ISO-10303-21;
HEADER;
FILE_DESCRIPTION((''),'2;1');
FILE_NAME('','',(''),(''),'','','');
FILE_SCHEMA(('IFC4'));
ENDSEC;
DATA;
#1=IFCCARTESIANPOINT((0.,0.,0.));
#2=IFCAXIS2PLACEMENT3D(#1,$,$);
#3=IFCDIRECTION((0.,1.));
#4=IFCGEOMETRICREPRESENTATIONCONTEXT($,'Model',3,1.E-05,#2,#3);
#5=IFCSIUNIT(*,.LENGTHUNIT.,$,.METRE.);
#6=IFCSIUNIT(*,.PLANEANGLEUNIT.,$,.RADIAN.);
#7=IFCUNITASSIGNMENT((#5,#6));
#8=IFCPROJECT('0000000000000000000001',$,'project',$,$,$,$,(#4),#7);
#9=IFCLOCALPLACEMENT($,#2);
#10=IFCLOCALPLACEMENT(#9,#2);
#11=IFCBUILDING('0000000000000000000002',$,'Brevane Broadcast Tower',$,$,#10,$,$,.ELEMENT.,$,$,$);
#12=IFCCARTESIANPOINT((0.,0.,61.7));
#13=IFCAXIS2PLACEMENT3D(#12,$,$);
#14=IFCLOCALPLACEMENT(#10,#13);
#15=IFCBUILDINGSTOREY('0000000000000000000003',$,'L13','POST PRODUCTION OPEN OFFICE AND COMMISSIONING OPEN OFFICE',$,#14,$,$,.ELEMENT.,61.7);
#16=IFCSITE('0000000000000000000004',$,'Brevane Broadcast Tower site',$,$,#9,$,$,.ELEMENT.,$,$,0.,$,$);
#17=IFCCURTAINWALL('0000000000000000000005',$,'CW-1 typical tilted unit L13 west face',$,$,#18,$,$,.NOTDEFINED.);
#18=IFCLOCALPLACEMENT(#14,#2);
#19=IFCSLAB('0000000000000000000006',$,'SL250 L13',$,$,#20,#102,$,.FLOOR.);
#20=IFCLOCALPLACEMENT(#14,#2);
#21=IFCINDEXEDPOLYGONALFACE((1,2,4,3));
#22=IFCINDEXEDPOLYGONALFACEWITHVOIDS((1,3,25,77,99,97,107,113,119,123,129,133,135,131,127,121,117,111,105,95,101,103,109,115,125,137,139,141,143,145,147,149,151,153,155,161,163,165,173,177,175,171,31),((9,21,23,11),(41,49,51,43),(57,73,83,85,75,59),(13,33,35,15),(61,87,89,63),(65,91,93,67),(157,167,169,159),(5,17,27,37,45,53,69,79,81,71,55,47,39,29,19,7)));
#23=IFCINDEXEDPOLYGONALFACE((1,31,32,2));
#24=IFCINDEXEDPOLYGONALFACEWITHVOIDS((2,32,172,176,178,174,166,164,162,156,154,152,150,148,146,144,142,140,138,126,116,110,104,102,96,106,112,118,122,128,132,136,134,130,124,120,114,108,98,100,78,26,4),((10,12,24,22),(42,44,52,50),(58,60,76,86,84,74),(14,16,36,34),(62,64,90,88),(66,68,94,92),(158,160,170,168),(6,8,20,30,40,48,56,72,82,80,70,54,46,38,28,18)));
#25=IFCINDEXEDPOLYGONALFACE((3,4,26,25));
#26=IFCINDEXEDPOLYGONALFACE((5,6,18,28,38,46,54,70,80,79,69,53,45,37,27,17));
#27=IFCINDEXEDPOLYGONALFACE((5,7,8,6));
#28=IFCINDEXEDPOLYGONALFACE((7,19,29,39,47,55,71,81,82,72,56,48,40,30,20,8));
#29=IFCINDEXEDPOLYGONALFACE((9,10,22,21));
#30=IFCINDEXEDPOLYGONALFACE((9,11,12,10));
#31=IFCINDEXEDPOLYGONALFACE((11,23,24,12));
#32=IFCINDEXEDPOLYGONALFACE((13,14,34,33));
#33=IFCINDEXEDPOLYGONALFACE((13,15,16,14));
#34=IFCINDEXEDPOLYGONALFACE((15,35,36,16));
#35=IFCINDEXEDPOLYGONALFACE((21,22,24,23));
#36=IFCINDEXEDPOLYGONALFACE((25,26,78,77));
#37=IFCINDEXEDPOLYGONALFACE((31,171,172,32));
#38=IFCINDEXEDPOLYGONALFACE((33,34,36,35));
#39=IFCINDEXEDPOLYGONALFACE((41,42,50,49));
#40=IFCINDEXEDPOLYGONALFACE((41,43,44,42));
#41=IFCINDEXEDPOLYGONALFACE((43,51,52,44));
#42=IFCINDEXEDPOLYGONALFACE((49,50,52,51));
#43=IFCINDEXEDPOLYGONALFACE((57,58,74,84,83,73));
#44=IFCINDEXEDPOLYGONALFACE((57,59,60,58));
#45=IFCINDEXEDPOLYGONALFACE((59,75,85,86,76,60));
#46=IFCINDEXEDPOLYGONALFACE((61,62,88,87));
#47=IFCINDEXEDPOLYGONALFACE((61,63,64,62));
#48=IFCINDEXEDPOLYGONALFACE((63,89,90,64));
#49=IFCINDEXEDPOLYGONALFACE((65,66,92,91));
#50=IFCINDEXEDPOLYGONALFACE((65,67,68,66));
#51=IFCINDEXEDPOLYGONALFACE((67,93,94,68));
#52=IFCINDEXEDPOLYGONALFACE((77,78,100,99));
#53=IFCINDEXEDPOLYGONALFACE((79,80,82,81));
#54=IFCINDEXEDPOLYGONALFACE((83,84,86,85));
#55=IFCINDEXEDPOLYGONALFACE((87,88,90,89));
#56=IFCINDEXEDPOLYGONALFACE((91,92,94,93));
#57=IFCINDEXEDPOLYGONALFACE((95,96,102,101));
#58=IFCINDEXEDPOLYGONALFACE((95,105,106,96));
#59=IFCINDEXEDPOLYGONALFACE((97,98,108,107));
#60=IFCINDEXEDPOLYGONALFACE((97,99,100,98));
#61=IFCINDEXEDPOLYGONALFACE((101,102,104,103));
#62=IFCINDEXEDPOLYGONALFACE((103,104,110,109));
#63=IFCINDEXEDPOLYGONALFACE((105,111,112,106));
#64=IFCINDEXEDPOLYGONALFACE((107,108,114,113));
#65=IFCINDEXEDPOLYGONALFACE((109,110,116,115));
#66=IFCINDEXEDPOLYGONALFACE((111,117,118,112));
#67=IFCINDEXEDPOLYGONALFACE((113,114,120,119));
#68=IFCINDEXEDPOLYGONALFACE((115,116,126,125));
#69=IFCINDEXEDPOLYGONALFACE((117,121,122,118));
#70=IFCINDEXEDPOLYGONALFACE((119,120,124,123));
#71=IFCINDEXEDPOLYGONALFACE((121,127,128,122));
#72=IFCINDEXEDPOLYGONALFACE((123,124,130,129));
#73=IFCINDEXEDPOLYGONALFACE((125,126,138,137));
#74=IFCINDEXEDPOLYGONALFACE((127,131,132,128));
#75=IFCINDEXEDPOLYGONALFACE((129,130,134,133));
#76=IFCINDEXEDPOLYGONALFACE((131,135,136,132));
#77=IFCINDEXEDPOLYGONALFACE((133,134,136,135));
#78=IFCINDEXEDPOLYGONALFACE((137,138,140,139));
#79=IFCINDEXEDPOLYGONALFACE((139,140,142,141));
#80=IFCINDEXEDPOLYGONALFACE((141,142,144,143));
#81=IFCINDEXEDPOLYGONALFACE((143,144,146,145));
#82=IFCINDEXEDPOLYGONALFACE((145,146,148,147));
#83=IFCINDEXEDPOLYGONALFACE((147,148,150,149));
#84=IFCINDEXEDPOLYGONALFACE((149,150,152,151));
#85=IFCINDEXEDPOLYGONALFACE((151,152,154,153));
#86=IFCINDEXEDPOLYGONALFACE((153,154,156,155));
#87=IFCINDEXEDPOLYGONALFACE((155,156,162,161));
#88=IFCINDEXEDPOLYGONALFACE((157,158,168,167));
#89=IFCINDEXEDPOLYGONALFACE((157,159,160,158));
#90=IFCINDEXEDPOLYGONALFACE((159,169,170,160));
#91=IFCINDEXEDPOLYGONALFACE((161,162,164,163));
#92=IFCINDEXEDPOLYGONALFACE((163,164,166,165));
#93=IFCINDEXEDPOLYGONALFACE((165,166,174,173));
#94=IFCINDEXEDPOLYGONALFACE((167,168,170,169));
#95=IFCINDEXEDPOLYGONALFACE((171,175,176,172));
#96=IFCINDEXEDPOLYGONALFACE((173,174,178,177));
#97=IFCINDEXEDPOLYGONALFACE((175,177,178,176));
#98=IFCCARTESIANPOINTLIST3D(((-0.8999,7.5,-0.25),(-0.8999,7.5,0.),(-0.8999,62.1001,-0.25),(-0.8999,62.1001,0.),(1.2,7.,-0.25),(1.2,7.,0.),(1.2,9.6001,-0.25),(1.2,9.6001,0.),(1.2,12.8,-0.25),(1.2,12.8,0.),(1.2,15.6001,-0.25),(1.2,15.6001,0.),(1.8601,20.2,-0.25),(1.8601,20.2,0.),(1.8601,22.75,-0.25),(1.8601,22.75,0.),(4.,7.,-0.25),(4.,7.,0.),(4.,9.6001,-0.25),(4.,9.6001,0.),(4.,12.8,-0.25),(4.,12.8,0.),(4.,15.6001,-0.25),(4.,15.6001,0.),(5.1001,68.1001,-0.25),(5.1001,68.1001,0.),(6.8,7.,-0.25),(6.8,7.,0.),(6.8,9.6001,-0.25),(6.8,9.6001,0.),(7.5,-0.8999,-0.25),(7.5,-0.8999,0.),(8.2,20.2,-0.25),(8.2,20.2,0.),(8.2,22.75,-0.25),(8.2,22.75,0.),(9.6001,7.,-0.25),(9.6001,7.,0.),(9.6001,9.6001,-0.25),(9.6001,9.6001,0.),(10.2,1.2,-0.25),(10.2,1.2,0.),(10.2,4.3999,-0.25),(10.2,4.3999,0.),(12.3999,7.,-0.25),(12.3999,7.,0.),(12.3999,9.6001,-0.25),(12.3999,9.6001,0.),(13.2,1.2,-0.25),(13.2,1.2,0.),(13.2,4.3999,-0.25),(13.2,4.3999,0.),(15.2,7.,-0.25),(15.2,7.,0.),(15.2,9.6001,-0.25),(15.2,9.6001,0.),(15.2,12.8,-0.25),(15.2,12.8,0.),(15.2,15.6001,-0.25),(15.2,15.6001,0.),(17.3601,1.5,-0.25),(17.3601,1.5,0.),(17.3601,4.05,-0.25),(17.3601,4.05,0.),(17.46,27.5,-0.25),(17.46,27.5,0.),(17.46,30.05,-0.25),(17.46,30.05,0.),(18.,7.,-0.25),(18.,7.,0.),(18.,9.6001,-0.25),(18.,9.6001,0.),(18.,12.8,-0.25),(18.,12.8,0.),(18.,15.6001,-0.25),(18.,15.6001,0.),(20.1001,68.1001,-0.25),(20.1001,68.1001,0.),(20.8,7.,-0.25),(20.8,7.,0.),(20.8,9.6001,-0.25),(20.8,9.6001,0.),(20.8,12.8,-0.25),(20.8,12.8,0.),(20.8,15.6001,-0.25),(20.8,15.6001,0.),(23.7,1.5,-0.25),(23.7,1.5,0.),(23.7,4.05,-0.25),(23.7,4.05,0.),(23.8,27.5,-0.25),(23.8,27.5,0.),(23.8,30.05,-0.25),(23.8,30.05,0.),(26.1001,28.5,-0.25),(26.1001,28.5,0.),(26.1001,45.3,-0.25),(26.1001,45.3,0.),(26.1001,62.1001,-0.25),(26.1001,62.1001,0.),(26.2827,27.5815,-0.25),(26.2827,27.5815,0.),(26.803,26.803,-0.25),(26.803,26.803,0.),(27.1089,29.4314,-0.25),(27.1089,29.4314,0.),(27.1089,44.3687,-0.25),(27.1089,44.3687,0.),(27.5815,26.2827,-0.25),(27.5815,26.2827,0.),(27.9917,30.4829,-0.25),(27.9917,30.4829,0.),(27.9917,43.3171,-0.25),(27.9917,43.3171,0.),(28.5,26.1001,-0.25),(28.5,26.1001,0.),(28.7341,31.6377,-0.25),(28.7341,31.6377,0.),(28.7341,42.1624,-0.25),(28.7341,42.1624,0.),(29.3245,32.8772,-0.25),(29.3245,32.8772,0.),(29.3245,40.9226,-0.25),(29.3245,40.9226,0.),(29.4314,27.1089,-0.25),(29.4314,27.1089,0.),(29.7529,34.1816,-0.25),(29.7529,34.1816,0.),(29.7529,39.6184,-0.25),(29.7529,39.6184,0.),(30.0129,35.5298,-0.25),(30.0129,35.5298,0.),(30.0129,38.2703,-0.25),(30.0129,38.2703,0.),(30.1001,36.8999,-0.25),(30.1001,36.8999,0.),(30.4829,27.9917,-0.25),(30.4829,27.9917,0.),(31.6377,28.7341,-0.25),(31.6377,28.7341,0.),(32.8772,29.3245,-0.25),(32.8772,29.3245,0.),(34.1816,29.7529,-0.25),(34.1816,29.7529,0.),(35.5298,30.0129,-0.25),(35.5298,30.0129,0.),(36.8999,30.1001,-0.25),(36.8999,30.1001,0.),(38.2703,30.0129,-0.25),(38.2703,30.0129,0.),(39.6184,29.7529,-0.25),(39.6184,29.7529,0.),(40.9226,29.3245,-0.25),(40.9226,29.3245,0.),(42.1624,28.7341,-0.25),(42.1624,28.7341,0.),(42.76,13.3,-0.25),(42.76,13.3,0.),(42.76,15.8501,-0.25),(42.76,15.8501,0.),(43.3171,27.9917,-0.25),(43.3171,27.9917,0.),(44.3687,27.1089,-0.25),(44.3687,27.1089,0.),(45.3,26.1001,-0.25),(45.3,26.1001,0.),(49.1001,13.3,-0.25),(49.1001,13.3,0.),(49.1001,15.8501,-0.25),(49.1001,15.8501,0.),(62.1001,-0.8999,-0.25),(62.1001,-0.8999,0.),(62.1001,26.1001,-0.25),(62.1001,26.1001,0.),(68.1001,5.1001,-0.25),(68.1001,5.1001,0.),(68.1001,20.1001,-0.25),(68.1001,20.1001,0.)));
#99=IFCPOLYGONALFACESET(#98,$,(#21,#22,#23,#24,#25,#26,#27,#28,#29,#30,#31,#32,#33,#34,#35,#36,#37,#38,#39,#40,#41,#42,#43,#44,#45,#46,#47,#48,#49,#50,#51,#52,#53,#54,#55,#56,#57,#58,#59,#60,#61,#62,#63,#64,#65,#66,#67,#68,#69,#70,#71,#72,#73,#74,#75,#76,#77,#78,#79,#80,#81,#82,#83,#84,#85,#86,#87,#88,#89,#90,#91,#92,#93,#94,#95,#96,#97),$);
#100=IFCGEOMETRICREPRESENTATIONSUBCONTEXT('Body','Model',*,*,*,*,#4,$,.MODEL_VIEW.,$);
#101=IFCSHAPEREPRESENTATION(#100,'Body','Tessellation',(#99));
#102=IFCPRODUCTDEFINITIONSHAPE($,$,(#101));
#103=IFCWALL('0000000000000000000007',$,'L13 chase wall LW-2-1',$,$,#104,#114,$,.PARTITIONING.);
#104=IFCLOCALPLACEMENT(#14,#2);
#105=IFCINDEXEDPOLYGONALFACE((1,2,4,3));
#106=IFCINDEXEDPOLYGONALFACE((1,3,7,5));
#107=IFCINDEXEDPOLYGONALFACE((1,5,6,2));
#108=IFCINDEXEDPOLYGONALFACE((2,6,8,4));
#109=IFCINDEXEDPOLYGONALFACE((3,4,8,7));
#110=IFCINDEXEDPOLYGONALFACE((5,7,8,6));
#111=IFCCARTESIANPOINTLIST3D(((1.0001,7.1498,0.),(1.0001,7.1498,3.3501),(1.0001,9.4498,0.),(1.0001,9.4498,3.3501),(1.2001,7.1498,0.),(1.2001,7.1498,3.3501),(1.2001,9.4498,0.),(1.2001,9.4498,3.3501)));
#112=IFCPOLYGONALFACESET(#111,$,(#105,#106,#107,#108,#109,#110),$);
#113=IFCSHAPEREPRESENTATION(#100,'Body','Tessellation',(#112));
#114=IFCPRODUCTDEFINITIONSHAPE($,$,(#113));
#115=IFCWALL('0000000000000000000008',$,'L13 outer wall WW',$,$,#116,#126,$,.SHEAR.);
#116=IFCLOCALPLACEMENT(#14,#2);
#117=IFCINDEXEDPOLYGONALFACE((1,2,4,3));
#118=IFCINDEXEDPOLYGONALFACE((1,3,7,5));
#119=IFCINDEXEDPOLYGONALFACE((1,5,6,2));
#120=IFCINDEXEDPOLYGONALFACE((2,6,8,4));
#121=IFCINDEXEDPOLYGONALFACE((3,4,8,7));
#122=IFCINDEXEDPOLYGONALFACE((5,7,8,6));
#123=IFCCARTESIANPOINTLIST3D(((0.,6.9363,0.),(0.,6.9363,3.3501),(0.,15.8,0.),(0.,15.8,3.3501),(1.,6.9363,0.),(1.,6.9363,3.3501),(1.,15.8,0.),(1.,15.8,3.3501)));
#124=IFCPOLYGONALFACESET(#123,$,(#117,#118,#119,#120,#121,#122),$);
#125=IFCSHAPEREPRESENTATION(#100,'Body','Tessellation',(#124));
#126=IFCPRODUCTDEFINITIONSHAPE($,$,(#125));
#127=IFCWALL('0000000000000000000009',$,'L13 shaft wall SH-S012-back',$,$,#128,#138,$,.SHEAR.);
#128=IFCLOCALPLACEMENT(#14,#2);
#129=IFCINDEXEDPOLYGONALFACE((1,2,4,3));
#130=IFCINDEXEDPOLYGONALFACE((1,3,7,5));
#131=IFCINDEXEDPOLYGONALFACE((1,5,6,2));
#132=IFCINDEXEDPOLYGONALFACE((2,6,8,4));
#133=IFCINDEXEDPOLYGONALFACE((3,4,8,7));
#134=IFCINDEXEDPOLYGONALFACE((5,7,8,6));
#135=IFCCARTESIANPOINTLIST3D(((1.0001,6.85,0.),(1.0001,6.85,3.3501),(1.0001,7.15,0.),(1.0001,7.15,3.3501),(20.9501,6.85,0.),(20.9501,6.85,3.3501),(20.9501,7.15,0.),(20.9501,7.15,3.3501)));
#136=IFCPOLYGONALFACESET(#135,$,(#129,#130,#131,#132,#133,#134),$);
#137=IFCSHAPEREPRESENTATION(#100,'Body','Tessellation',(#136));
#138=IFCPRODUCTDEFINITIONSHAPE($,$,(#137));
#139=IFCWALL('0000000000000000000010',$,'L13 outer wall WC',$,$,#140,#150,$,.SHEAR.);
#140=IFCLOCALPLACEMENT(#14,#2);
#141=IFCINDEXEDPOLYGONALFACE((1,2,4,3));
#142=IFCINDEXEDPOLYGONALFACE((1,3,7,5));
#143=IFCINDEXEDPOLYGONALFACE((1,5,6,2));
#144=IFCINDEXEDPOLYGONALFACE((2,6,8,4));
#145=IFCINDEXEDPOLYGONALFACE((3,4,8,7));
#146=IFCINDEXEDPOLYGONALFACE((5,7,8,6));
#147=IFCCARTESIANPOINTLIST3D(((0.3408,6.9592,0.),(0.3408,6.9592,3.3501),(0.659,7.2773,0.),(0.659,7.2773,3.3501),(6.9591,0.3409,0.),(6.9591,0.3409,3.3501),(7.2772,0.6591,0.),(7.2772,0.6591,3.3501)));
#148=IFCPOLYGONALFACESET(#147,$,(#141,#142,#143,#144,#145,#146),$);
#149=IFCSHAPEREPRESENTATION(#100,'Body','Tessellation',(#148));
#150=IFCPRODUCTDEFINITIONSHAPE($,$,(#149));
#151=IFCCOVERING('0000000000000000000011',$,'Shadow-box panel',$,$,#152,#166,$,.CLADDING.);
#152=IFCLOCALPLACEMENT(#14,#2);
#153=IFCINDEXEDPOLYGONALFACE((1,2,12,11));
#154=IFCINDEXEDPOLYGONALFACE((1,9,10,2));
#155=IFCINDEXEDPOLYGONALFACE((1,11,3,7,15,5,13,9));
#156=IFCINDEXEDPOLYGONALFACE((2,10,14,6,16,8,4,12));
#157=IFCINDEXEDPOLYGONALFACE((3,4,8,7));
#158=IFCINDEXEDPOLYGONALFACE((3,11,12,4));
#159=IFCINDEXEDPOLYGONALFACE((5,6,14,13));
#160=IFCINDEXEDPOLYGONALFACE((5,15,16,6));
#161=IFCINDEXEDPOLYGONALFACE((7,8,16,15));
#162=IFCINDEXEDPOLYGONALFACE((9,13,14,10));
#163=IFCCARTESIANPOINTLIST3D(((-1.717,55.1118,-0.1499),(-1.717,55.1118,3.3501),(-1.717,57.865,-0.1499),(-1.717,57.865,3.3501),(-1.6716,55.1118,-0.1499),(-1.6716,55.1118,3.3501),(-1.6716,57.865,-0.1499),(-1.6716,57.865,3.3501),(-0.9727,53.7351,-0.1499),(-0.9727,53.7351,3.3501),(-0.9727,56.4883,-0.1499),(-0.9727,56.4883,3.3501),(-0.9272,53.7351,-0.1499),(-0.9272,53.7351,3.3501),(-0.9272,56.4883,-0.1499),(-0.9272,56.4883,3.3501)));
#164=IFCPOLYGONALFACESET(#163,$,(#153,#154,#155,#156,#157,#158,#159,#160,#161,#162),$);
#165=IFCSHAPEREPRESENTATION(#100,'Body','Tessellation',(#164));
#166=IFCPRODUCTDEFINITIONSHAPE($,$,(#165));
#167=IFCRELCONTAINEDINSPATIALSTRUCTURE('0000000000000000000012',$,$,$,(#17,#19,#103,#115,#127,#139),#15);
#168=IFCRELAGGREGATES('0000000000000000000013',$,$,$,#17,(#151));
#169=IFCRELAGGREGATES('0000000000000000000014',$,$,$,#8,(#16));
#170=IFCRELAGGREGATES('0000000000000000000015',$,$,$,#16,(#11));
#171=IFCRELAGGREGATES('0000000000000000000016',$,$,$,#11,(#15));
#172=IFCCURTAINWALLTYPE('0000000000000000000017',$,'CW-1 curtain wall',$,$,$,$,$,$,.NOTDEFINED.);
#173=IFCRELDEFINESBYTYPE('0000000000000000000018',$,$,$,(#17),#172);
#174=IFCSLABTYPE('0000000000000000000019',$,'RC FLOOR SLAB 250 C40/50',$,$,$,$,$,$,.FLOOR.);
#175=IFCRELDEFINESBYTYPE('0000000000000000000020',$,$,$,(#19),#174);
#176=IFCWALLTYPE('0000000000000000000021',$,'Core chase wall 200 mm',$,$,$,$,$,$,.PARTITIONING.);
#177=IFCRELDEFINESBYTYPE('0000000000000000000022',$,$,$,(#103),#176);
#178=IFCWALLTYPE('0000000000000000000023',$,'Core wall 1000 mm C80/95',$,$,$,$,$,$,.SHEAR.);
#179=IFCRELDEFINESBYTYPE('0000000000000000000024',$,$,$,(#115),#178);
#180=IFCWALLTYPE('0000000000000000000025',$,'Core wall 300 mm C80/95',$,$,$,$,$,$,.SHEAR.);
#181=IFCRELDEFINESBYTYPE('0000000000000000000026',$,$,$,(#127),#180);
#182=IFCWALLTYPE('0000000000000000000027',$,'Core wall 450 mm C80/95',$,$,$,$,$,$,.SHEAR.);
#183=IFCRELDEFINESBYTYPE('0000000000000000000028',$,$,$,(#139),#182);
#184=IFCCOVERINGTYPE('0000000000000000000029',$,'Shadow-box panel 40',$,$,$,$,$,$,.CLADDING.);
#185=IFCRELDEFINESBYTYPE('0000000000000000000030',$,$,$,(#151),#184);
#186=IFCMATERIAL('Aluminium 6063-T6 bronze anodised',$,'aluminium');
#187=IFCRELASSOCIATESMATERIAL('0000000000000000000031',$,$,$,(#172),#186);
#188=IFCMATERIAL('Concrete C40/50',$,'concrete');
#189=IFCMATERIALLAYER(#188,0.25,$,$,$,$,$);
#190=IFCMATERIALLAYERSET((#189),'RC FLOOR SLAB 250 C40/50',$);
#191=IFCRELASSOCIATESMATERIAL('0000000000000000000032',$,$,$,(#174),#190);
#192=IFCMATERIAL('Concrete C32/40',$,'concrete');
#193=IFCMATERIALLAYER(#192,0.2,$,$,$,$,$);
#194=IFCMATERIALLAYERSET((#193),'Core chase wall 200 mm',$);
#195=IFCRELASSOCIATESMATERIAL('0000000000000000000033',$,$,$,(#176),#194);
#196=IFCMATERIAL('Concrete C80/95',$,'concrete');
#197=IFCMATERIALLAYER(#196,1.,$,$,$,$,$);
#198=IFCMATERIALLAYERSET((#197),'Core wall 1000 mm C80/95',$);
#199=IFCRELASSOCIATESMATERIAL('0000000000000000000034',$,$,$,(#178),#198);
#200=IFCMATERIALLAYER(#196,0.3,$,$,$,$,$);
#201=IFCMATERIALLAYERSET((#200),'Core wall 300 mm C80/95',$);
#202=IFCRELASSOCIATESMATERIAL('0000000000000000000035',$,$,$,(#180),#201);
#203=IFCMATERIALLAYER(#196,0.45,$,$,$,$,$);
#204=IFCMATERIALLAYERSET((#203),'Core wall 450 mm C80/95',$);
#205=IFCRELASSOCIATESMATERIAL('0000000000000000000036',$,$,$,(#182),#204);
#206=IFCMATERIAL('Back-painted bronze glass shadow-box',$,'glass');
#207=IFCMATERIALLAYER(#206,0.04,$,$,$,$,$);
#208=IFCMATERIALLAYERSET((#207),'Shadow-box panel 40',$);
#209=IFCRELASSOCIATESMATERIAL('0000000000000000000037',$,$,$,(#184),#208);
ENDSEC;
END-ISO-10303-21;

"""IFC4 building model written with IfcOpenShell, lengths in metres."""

from ifc_helpers import new_model, si_unit, direction, frame, frame_2d, origin, place, context, subcontext, project, spatial, polyline, rectangle, outline, extrude, material, layer, layer_set, type_object, element, aggregate, save


model = new_model("IFC4")

# Units and contexts
model_context = context("Model", 3, precision=1e-05, world=origin(), true_north=direction((0.0, 1.0)))
body_context = subcontext(model_context, "Body", "Model", "MODEL_VIEW")
ifc_project = project(units=[si_unit("LENGTHUNIT", "METRE"), si_unit("PLANEANGLEUNIT", "RADIAN")], contexts=[model_context])

# Site, building, storey
site_placement = place(None, origin())
site = spatial("IfcSite", under=ifc_project, at=site_placement, Name="Brevane Broadcast Tower site", CompositionType="ELEMENT", RefElevation=0.0)
building_placement = place(site_placement, origin())
building = spatial("IfcBuilding", under=site, at=building_placement, Name="Brevane Broadcast Tower", CompositionType="ELEMENT")
storey_placement = place(building_placement, frame((0.0, 0.0, 61.7)))
storey = spatial("IfcBuildingStorey", under=building, at=storey_placement, Name="L13", Description="POST PRODUCTION OPEN OFFICE AND COMMISSIONING OPEN OFFICE", CompositionType="ELEMENT", Elevation=61.7)

# Curtain wall
ifc_material_1 = material(Name="Aluminium 6063-T6 bronze anodised", Category="aluminium")
curtain_wall_type = type_object("IfcCurtainWallType", Name="CW-1 curtain wall", PredefinedType="NOTDEFINED", material=ifc_material_1)
curtain_wall_1_placement = place(storey_placement, origin())
curtain_wall_1 = element("IfcCurtainWall", 1, at=curtain_wall_1_placement, inside=storey, type_object=curtain_wall_type, Name="CW-1 typical tilted unit L13 west face", PredefinedType="NOTDEFINED")

# Slab
ifc_material_2 = material(Name="Concrete C40/50", Category="concrete")
ifc_layer_1 = layer(ifc_material_2, 0.25)
ifc_layer_set_1 = layer_set([ifc_layer_1], Name="RC FLOOR SLAB 250 C40/50")
slab_type_1 = type_object("IfcSlabType", Name="RC FLOOR SLAB 250 C40/50", PredefinedType="FLOOR", material=ifc_layer_set_1)
slab_1_placement = place(storey_placement, frame((0.0, 0.0, -0.25)))
element("IfcSlab", 2, at=slab_1_placement, inside=storey, type_object=slab_type_1, Name="SL250 L13", PredefinedType="FLOOR", context=body_context, shape_type="SweptSolid", body=[
    extrude(outline(polyline([(-0.8999, 7.5), (-0.8999, 62.1001), (5.1001, 68.1001), (20.1001, 68.1001), (26.1001, 62.1001), (26.1001, 45.3), (27.1089, 44.3687), (27.9917, 43.3171), (28.7341, 42.1624), (29.3245, 40.9226), (29.7529, 39.6184), (30.0129, 38.2703), (30.1001, 36.8999), (30.0129, 35.5298), (29.7529, 34.1816), (29.3245, 32.8772), (28.7341, 31.6377), (27.9917, 30.4829), (27.1089, 29.4314), (26.1001, 28.5), (26.2827, 27.5815), (26.803, 26.803), (27.5815, 26.2827), (28.5, 26.1001), (29.4314, 27.1089), (30.4829, 27.9917), (31.6377, 28.7341), (32.8772, 29.3245), (34.1816, 29.7529), (35.5298, 30.0129), (36.8999, 30.1001), (38.2703, 30.0129), (39.6184, 29.7529), (40.9226, 29.3245), (42.1624, 28.7341), (43.3171, 27.9917), (44.3687, 27.1089), (45.3, 26.1001), (62.1001, 26.1001), (68.1001, 20.1001), (68.1001, 5.1001), (62.1001, -0.8999), (7.5, -0.8999), (-0.8999, 7.5)]), holes=[polyline([(13.2, 4.3999), (10.2, 4.3999), (10.2, 1.2), (13.2, 1.2), (13.2, 4.3999)]), polyline([(4.0, 9.6001), (1.2, 9.6001), (1.2, 7.0), (4.0, 7.0), (6.8, 7.0), (9.6001, 7.0), (12.3999, 7.0), (15.2, 7.0), (18.0, 7.0), (20.8, 7.0), (20.8, 9.6001), (18.0, 9.6001), (15.2, 9.6001), (12.3999, 9.6001), (9.6001, 9.6001), (6.8, 9.6001), (4.0, 9.6001)]), polyline([(4.0, 12.8), (4.0, 15.6001), (1.2, 15.6001), (1.2, 12.8), (4.0, 12.8)]), polyline([(8.2, 22.75), (1.8601, 22.75), (1.8601, 20.2), (8.2, 20.2), (8.2, 22.75)]), polyline([(23.7, 4.05), (17.3601, 4.05), (17.3601, 1.5), (23.7, 1.5), (23.7, 4.05)]), polyline([(18.0, 15.6001), (15.2, 15.6001), (15.2, 12.8), (18.0, 12.8), (20.8, 12.8), (20.8, 15.6001), (18.0, 15.6001)]), polyline([(49.1001, 15.8501), (42.76, 15.8501), (42.76, 13.3), (49.1001, 13.3), (49.1001, 15.8501)]), polyline([(23.8, 30.05), (17.46, 30.05), (17.46, 27.5), (23.8, 27.5), (23.8, 30.05)])]), origin(), (0.0, 0.0, 1.0), 0.25),
])

# Walls
ifc_material_3 = material(Name="Concrete C32/40", Category="concrete")
ifc_layer_2 = layer(ifc_material_3, 0.2)
ifc_layer_set_2 = layer_set([ifc_layer_2], Name="Core chase wall 200 mm")
wall_type_1 = type_object("IfcWallType", Name="Core chase wall 200 mm", PredefinedType="PARTITIONING", material=ifc_layer_set_2)
wall_1_placement = place(storey_placement, frame((1.1001, 7.1499, 0.0), z_axis=(0.0, 0.0, 1.0), x_axis=(0.0, 1.0, 0.0)))
element("IfcWall", 3, at=wall_1_placement, inside=storey, type_object=wall_type_1, Name="L13 chase wall LW-2-1", PredefinedType="PARTITIONING", context=body_context, shape_type="SweptSolid", body=[
    extrude(rectangle(XDim=2.3, YDim=0.2, at=frame_2d((1.1499, 0.0))), origin(), (0.0, 0.0, 1.0), 3.3501),
])
ifc_material_4 = material(Name="Concrete C80/95", Category="concrete")
ifc_layer_3 = layer(ifc_material_4, 1.0)
ifc_layer_set_3 = layer_set([ifc_layer_3], Name="Core wall 1000 mm C80/95")
wall_type_2 = type_object("IfcWallType", Name="Core wall 1000 mm C80/95", PredefinedType="SHEAR", material=ifc_layer_set_3)
wall_2_placement = place(storey_placement, frame((0.5, 6.9363, 0.0), z_axis=(0.0, 0.0, 1.0), x_axis=(0.0, 1.0, 0.0)))
element("IfcWall", 4, at=wall_2_placement, inside=storey, type_object=wall_type_2, Name="L13 outer wall WW", PredefinedType="SHEAR", context=body_context, shape_type="SweptSolid", body=[
    extrude(rectangle(XDim=8.8638, YDim=1.0, at=frame_2d((4.4319, 0.0))), origin(), (0.0, 0.0, 1.0), 3.3501),
])
ifc_layer_4 = layer(ifc_material_4, 0.3)
ifc_layer_set_4 = layer_set([ifc_layer_4], Name="Core wall 300 mm C80/95")
wall_type_3 = type_object("IfcWallType", Name="Core wall 300 mm C80/95", PredefinedType="SHEAR", material=ifc_layer_set_4)
wall_3_placement = place(storey_placement, frame((1.0, 7.0, 0.0), z_axis=(0.0, 0.0, 1.0), x_axis=(1.0, 0.0, 0.0)))
element("IfcWall", 5, at=wall_3_placement, inside=storey, type_object=wall_type_3, Name="L13 shaft wall SH-S012-back", PredefinedType="SHEAR", context=body_context, shape_type="SweptSolid", body=[
    extrude(rectangle(XDim=19.95, YDim=0.3, at=frame_2d((9.9751, 0.0))), origin(), (0.0, 0.0, 1.0), 3.3501),
])
ifc_layer_5 = layer(ifc_material_4, 0.45)
ifc_layer_set_5 = layer_set([ifc_layer_5], Name="Core wall 450 mm C80/95")
wall_type_4 = type_object("IfcWallType", Name="Core wall 450 mm C80/95", PredefinedType="SHEAR", material=ifc_layer_set_5)
wall_4_placement = place(storey_placement, frame((0.5, 7.1182, 0.0), z_axis=(0.0, 0.0, 1.0), x_axis=(0.707107, -0.707107, 0.0)))
element("IfcWall", 6, at=wall_4_placement, inside=storey, type_object=wall_type_4, Name="L13 outer wall WC", PredefinedType="SHEAR", context=body_context, shape_type="SweptSolid", body=[
    extrude(rectangle(XDim=9.3596, YDim=0.45, at=frame_2d((4.6797, 0.0))), origin(), (0.0, 0.0, 1.0), 3.3501),
])

# Covering
ifc_material_5 = material(Name="Back-painted bronze glass shadow-box", Category="glass")
ifc_layer_6 = layer(ifc_material_5, 0.04)
ifc_layer_set_6 = layer_set([ifc_layer_6], Name="Shadow-box panel 40")
covering_type = type_object("IfcCoveringType", Name="Shadow-box panel 40", PredefinedType="CLADDING", material=ifc_layer_set_6)
covering_1_placement = place(storey_placement, frame((0.0, 0.0, -0.1499)))
covering_1 = element("IfcCovering", 7, at=covering_1_placement, type_object=covering_type, Name="Shadow-box panel", PredefinedType="CLADDING", context=body_context, shape_type="SweptSolid", body=[
    extrude(outline(polyline([(-1.6716, 57.865), (-1.717, 57.865), (-0.9727, 56.4883), (-1.717, 55.1118), (-0.9727, 53.7351), (-0.9272, 53.7351), (-1.6716, 55.1118), (-0.9272, 56.4883), (-1.6716, 57.865)])), origin(), (0.0, 0.0, 1.0), 3.5),
])
aggregate(curtain_wall_1, [covering_1])

save(model, "model.ifc")
